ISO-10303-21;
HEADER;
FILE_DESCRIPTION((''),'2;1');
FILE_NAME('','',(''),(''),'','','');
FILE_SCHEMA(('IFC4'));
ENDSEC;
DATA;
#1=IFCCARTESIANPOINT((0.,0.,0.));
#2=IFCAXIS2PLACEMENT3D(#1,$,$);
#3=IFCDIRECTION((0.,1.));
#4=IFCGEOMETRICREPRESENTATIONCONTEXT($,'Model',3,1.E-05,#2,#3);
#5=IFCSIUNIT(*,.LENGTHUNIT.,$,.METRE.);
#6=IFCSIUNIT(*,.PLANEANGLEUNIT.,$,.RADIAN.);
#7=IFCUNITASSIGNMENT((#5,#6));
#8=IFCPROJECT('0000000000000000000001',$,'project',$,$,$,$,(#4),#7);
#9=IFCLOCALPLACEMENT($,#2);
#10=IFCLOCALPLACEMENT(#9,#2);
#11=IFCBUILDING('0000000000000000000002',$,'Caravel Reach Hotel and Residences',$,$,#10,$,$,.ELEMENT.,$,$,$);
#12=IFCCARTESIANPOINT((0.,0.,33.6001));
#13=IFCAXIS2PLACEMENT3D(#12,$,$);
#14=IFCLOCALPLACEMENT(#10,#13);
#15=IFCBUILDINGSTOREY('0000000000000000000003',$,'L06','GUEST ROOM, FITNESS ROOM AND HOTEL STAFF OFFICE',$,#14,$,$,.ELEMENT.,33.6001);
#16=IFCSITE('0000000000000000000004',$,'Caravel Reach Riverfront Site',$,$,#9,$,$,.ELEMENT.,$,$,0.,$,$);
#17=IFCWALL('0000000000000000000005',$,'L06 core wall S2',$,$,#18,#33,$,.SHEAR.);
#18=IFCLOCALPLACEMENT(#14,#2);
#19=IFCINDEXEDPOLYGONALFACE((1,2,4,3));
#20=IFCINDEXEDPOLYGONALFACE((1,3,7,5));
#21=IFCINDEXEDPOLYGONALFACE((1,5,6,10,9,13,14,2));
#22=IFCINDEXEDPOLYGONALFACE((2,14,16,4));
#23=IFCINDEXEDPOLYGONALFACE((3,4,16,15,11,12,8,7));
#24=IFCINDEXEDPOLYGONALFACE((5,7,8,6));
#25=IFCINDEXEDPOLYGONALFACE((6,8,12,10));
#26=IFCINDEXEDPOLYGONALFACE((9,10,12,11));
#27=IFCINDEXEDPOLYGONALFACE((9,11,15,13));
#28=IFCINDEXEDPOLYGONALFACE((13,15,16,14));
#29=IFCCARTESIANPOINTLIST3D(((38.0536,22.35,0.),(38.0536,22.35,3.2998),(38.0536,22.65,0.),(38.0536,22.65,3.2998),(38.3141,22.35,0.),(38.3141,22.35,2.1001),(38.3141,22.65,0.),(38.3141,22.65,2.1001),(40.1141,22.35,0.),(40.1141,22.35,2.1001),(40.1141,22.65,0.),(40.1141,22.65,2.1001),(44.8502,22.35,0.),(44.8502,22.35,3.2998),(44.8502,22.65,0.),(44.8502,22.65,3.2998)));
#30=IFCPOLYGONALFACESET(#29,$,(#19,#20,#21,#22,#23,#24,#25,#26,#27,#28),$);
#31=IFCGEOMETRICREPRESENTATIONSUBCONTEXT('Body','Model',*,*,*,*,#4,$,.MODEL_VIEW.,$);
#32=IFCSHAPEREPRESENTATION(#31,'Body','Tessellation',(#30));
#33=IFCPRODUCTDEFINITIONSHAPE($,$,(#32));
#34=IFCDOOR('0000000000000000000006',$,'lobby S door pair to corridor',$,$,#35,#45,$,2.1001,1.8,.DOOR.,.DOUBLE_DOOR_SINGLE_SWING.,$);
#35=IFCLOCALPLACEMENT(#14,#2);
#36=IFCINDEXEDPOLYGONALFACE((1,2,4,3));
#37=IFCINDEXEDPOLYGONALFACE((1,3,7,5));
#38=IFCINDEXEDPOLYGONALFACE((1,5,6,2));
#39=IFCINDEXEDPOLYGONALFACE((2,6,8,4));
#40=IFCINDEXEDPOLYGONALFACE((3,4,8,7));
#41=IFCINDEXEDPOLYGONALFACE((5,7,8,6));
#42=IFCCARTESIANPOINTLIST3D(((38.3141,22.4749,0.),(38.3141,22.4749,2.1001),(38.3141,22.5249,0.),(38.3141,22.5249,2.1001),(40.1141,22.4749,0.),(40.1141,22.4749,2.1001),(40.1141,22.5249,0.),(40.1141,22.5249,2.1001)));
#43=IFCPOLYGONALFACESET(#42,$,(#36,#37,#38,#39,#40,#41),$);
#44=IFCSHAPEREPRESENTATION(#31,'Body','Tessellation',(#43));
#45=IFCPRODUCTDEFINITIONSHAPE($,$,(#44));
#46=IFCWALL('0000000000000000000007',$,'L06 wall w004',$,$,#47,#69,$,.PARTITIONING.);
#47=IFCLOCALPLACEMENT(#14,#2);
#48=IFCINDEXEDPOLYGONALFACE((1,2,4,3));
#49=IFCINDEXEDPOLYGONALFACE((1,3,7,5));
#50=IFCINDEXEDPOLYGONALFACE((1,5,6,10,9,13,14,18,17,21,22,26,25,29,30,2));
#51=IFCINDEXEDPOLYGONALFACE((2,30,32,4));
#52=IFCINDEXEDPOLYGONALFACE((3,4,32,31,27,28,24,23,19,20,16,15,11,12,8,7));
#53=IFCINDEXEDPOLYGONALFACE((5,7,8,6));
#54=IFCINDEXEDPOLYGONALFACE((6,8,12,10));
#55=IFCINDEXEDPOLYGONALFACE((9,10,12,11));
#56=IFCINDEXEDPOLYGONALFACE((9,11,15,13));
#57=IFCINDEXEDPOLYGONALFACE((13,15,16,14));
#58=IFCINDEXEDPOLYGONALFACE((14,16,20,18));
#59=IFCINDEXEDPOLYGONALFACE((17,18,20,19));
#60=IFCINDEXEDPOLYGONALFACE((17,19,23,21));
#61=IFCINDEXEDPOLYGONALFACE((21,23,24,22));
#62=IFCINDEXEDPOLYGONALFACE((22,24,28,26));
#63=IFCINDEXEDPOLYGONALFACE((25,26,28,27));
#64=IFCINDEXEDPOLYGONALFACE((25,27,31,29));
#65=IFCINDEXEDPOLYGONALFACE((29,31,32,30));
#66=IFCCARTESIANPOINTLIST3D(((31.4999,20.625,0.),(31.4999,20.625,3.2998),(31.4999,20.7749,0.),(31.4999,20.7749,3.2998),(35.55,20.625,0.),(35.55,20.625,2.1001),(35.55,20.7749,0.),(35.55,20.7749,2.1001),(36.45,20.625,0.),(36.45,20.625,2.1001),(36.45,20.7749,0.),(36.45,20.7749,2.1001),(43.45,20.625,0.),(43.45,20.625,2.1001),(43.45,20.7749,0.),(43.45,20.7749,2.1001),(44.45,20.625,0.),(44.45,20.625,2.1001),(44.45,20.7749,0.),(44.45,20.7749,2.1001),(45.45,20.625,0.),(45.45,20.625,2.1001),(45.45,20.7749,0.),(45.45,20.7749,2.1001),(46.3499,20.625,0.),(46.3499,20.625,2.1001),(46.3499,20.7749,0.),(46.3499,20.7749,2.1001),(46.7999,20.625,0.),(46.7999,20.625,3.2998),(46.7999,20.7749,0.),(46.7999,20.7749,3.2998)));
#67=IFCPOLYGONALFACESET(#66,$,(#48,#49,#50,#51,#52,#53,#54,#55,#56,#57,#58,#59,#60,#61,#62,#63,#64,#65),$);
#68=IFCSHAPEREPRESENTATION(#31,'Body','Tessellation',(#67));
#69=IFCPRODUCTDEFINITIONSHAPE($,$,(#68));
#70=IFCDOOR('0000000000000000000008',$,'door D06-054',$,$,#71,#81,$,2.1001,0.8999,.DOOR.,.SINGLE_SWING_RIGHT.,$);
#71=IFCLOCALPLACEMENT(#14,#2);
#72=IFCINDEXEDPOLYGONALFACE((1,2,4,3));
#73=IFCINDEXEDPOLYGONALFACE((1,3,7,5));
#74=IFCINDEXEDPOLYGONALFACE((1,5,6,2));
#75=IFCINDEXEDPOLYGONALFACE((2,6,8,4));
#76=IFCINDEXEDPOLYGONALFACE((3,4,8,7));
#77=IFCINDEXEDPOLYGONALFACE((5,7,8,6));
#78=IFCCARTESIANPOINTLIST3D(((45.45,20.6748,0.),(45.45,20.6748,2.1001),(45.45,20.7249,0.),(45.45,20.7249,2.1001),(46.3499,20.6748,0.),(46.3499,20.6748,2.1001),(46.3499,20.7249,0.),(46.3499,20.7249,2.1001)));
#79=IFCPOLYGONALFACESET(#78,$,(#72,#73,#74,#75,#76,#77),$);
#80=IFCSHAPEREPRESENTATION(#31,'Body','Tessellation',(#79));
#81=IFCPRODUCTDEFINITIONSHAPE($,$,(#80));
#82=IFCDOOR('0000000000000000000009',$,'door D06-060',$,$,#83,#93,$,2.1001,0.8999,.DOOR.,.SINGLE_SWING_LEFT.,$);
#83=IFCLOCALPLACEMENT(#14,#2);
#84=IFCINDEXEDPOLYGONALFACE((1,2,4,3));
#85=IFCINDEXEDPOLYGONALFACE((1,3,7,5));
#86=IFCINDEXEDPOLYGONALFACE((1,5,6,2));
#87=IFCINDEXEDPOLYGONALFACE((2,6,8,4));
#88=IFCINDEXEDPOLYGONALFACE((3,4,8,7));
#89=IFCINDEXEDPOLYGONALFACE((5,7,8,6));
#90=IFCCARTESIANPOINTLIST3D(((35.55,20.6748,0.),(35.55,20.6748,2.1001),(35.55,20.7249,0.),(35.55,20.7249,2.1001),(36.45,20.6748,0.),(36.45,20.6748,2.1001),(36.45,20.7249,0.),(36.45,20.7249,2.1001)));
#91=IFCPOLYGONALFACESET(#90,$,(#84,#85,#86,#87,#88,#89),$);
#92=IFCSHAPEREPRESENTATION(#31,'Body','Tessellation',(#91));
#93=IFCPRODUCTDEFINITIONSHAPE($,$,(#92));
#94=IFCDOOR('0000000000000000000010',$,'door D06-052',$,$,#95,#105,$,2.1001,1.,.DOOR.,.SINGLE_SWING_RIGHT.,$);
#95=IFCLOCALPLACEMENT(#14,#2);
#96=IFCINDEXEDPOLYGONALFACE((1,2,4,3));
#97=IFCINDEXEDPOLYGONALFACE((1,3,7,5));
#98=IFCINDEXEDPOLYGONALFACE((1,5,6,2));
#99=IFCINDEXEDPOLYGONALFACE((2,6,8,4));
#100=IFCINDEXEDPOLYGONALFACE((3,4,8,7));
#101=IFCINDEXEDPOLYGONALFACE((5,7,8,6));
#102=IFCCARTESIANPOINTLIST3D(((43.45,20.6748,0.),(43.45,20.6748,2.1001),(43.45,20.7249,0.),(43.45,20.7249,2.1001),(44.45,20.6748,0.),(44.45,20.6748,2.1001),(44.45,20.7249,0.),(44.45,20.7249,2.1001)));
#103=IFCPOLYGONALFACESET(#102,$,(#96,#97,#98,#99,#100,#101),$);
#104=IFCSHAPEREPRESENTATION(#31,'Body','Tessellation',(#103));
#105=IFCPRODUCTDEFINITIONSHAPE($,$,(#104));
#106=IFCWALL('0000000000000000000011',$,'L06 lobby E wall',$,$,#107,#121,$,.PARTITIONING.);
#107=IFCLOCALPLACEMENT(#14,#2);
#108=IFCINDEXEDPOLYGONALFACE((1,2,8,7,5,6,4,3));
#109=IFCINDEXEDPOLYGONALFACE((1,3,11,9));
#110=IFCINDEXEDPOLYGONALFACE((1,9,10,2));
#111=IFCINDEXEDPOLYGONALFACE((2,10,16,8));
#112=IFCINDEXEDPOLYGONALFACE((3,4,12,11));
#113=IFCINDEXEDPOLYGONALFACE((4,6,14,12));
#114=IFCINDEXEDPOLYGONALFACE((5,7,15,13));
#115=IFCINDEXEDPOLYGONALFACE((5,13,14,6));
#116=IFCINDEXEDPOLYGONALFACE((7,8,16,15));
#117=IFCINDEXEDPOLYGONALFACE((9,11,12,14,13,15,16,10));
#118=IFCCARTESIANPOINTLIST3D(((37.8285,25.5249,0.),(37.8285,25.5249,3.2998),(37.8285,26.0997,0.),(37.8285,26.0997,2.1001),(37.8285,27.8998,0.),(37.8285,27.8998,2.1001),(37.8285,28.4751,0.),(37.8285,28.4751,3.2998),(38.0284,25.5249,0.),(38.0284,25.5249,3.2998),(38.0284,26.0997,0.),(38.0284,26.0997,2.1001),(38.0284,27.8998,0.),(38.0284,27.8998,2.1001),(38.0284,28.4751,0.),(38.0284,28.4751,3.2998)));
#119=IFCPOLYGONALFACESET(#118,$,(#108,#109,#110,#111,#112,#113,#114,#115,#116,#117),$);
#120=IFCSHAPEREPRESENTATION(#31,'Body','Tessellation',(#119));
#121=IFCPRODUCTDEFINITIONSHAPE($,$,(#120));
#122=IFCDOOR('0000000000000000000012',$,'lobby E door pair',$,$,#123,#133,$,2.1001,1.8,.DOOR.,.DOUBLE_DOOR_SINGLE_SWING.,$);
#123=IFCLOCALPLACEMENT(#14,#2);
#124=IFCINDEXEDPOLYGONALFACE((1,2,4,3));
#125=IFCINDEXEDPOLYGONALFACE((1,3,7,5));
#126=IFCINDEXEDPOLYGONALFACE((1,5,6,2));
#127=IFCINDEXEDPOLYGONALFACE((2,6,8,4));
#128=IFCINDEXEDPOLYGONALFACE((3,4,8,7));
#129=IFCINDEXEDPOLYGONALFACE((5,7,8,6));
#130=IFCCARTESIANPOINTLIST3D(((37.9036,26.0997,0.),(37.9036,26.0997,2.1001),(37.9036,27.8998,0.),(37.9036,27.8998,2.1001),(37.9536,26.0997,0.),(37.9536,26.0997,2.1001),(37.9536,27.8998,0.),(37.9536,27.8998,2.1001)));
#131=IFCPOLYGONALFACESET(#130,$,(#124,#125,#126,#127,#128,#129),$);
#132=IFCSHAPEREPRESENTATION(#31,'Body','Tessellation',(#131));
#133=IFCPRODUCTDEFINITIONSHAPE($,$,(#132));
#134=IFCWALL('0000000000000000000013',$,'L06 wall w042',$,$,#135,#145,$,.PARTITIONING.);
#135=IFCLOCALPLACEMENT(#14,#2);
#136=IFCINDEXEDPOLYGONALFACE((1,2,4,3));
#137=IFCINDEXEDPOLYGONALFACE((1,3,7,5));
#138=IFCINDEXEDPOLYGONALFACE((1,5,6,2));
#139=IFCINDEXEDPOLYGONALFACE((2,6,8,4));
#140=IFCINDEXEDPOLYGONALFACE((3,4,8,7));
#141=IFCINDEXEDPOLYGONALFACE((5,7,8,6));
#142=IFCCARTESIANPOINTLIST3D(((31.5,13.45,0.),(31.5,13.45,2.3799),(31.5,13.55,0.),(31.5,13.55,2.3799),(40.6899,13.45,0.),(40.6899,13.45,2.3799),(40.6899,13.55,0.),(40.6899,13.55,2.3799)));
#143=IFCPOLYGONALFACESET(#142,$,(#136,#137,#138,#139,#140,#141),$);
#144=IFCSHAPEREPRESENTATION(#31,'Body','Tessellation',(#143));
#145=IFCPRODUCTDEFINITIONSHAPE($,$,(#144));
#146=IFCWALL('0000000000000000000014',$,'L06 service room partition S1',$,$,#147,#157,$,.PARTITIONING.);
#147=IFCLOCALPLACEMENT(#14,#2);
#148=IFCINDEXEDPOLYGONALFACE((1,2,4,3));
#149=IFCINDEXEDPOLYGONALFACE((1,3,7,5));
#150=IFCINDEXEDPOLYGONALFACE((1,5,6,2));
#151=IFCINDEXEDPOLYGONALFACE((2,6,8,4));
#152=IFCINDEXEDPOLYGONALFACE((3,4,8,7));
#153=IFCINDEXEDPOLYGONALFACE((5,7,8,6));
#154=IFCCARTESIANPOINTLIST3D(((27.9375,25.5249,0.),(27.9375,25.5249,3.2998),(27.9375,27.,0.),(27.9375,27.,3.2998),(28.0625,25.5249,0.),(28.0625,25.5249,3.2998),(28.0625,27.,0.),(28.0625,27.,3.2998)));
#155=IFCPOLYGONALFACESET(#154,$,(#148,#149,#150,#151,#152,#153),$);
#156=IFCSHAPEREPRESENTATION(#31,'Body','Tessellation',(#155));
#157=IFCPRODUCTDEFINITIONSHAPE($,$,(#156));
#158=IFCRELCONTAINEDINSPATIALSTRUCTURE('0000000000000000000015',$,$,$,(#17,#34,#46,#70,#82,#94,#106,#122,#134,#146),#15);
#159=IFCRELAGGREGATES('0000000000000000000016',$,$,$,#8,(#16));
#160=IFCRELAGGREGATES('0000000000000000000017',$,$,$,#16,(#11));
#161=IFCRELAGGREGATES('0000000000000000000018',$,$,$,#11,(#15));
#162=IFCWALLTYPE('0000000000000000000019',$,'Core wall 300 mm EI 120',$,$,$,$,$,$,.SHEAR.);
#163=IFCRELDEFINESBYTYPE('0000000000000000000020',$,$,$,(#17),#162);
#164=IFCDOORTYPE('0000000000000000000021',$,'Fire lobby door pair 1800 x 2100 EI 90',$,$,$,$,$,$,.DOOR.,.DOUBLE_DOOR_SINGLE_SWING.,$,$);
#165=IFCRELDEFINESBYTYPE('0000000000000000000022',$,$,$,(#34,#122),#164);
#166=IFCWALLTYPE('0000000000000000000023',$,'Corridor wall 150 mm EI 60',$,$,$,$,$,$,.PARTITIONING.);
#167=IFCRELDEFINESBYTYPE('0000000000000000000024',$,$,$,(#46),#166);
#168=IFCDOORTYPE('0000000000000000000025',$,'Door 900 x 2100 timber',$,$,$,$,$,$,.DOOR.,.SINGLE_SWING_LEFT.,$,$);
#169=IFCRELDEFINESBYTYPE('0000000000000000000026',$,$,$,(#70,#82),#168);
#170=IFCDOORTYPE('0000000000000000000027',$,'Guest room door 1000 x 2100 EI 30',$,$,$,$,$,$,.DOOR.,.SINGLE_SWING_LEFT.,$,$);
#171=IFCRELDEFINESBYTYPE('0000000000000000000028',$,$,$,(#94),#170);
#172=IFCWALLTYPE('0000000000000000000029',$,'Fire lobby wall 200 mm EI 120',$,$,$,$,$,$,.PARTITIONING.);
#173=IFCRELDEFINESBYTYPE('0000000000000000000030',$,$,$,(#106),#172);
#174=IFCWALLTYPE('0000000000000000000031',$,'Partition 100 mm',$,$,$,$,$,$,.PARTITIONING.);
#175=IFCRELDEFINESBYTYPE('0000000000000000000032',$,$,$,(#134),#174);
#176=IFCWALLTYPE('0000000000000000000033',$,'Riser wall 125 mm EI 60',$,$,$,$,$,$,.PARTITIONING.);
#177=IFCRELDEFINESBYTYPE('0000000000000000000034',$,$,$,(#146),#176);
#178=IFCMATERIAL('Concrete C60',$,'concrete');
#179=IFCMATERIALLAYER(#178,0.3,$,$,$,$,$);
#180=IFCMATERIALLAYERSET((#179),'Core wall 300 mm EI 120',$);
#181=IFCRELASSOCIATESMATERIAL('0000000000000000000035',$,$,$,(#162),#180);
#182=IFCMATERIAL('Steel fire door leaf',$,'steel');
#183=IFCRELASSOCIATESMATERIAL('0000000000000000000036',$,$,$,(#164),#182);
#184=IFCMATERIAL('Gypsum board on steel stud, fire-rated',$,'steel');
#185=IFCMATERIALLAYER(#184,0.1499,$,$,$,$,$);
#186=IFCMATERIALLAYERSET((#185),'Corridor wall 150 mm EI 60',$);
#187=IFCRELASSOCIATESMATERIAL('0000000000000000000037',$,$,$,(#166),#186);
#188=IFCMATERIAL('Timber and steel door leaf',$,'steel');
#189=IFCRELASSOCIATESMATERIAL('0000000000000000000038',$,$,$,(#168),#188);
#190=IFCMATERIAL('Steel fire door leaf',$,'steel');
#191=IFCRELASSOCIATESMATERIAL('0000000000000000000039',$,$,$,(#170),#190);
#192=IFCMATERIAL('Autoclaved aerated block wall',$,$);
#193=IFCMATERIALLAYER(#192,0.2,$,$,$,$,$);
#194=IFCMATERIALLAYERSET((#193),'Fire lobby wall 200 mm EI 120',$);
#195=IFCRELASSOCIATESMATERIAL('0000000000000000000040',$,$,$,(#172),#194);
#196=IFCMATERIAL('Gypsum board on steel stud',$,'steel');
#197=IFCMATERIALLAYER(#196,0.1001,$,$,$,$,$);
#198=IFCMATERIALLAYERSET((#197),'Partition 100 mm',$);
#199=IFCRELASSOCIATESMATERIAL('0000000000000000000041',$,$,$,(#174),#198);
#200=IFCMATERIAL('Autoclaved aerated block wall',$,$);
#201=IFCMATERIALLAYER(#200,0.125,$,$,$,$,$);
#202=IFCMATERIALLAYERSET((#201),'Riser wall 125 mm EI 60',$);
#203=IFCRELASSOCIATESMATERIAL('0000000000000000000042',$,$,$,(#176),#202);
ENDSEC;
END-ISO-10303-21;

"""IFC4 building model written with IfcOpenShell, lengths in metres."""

from ifc_helpers import new_model, si_unit, direction, frame, frame_2d, origin, place, context, subcontext, project, spatial, rectangle, extrude, material, layer, layer_set, type_object, element, fill, save


model = new_model("IFC4")

# Units and contexts
model_context = context("Model", 3, precision=1e-05, world=origin(), true_north=direction((0.0, 1.0)))
body_context = subcontext(model_context, "Body", "Model", "MODEL_VIEW")
ifc_project = project(units=[si_unit("LENGTHUNIT", "METRE"), si_unit("PLANEANGLEUNIT", "RADIAN")], contexts=[model_context])

# Site, building, storey
site_placement = place(None, origin())
site = spatial("IfcSite", under=ifc_project, at=site_placement, Name="Caravel Reach Riverfront Site", CompositionType="ELEMENT", RefElevation=0.0)
building_placement = place(site_placement, origin())
building = spatial("IfcBuilding", under=site, at=building_placement, Name="Caravel Reach Hotel and Residences", CompositionType="ELEMENT")
storey_placement = place(building_placement, frame((0.0, 0.0, 33.6001)))
storey = spatial("IfcBuildingStorey", under=building, at=storey_placement, Name="L06", Description="GUEST ROOM, FITNESS ROOM AND HOTEL STAFF OFFICE", CompositionType="ELEMENT", Elevation=33.6001)

# Wall, opening, door
ifc_material_1 = material(Name="Concrete C60", Category="concrete")
ifc_layer_1 = layer(ifc_material_1, 0.3)
ifc_layer_set_1 = layer_set([ifc_layer_1], Name="Core wall 300 mm EI 120")
wall_type_1 = type_object("IfcWallType", Name="Core wall 300 mm EI 120", PredefinedType="SHEAR", material=ifc_layer_set_1)
wall_1_placement = place(storey_placement, frame((38.0535, 22.5, 0.0), z_axis=(0.0, 0.0, 1.0), x_axis=(1.0, 0.0, 0.0)))
wall_1 = element("IfcWall", 1, at=wall_1_placement, inside=storey, type_object=wall_type_1, Name="L06 core wall S2", PredefinedType="SHEAR", context=body_context, shape_type="SweptSolid", body=[
    extrude(rectangle(XDim=6.7966, YDim=0.3, at=frame_2d((3.3984, 0.0))), origin(), (0.0, 0.0, 1.0), 3.2998),
])
opening_1_placement = place(wall_1_placement, frame((0.2607, 0.0, 0.0)))
opening_1 = element("IfcOpeningElement", 2, at=opening_1_placement, cuts=wall_1, PredefinedType="OPENING", context=body_context, shape_type="SweptSolid", body=[
    extrude(rectangle(XDim=1.8, YDim=2.1001, at=frame_2d((0.8999, 1.05))), frame((0.0, 0.1599, 0.0), z_axis=(0.0, -1.0, 0.0), x_axis=(1.0, 0.0, 0.0)), (0.0, 0.0, 1.0), 0.3201),
])
ifc_material_2 = material(Name="Steel fire door leaf", Category="steel")
door_type_1 = type_object("IfcDoorType", Name="Fire lobby door pair 1800 x 2100 EI 90", OperationType="DOUBLE_DOOR_SINGLE_SWING", PredefinedType="DOOR", material=ifc_material_2)
door_1_placement = place(opening_1_placement, origin())
door_1 = element("IfcDoor", 3, at=door_1_placement, inside=storey, type_object=door_type_1, Name="lobby S door pair to corridor", OperationType="DOUBLE_DOOR_SINGLE_SWING", OverallHeight=2.1001, OverallWidth=1.8, PredefinedType="DOOR", context=body_context, shape_type="SweptSolid", body=[
    extrude(rectangle(XDim=1.8, YDim=2.1001, at=frame_2d((0.8999, 1.05))), frame((0.0, 0.0249, 0.0), z_axis=(0.0, -1.0, 0.0), x_axis=(1.0, 0.0, 0.0)), (0.0, 0.0, 1.0), 0.05),
])
fill(opening_1, door_1)

# Wall, openings, doors
ifc_material_3 = material(Name="Gypsum board on steel stud, fire-rated", Category="steel")
ifc_layer_2 = layer(ifc_material_3, 0.1499)
ifc_layer_set_2 = layer_set([ifc_layer_2], Name="Corridor wall 150 mm EI 60")
wall_type_2 = type_object("IfcWallType", Name="Corridor wall 150 mm EI 60", PredefinedType="PARTITIONING", material=ifc_layer_set_2)
wall_2_placement = place(storey_placement, frame((31.5, 20.7, 0.0), z_axis=(0.0, 0.0, 1.0), x_axis=(1.0, 0.0, 0.0)))
wall_2 = element("IfcWall", 4, at=wall_2_placement, inside=storey, type_object=wall_type_2, Name="L06 wall w004", PredefinedType="PARTITIONING", context=body_context, shape_type="SweptSolid", body=[
    extrude(rectangle(XDim=15.3, YDim=0.1499, at=frame_2d((7.6499, 0.0))), origin(), (0.0, 0.0, 1.0), 3.2998),
])
opening_2_placement = place(wall_2_placement, frame((11.95, 0.0, 0.0)))
opening_2 = element("IfcOpeningElement", 5, at=opening_2_placement, cuts=wall_2, PredefinedType="OPENING", context=body_context, shape_type="SweptSolid", body=[
    extrude(rectangle(XDim=1.0, YDim=2.1001, at=frame_2d((0.5, 1.05))), frame((0.0, 0.085, 0.0), z_axis=(0.0, -1.0, 0.0), x_axis=(1.0, 0.0, 0.0)), (0.0, 0.0, 1.0), 0.1699),
])
opening_3_placement = place(wall_2_placement, frame((13.95, 0.0, 0.0)))
opening_3 = element("IfcOpeningElement", 6, at=opening_3_placement, cuts=wall_2, PredefinedType="OPENING", context=body_context, shape_type="SweptSolid", body=[
    extrude(rectangle(XDim=0.8999, YDim=2.1001, at=frame_2d((0.45, 1.05))), frame((0.0, 0.085, 0.0), z_axis=(0.0, -1.0, 0.0), x_axis=(1.0, 0.0, 0.0)), (0.0, 0.0, 1.0), 0.1699),
])
opening_4_placement = place(wall_2_placement, frame((4.05, 0.0, 0.0)))
opening_4 = element("IfcOpeningElement", 7, at=opening_4_placement, cuts=wall_2, PredefinedType="OPENING", context=body_context, shape_type="SweptSolid", body=[
    extrude(rectangle(XDim=0.8999, YDim=2.1001, at=frame_2d((0.45, 1.05))), frame((0.0, 0.085, 0.0), z_axis=(0.0, -1.0, 0.0), x_axis=(1.0, 0.0, 0.0)), (0.0, 0.0, 1.0), 0.1699),
])
ifc_material_4 = material(Name="Timber and steel door leaf", Category="steel")
door_type_2 = type_object("IfcDoorType", Name="Door 900 x 2100 timber", OperationType="SINGLE_SWING_LEFT", PredefinedType="DOOR", material=ifc_material_4)
door_2_placement = place(opening_3_placement, origin())
door_2 = element("IfcDoor", 8, at=door_2_placement, inside=storey, type_object=door_type_2, Name="door D06-054", OperationType="SINGLE_SWING_RIGHT", OverallHeight=2.1001, OverallWidth=0.8999, PredefinedType="DOOR", context=body_context, shape_type="SweptSolid", body=[
    extrude(rectangle(XDim=0.8999, YDim=2.1001, at=frame_2d((0.45, 1.05))), frame((0.0, 0.0249, 0.0), z_axis=(0.0, -1.0, 0.0), x_axis=(1.0, 0.0, 0.0)), (0.0, 0.0, 1.0), 0.05),
])
fill(opening_3, door_2)
door_3_placement = place(opening_4_placement, origin())
door_3 = element("IfcDoor", 9, at=door_3_placement, inside=storey, type_object=door_type_2, Name="door D06-060", OperationType="SINGLE_SWING_LEFT", OverallHeight=2.1001, OverallWidth=0.8999, PredefinedType="DOOR", context=body_context, shape_type="SweptSolid", body=[
    extrude(rectangle(XDim=0.8999, YDim=2.1001, at=frame_2d((0.45, 1.05))), frame((0.0, 0.0249, 0.0), z_axis=(0.0, -1.0, 0.0), x_axis=(1.0, 0.0, 0.0)), (0.0, 0.0, 1.0), 0.05),
])
fill(opening_4, door_3)
ifc_material_5 = material(Name="Steel fire door leaf", Category="steel")
door_type_3 = type_object("IfcDoorType", Name="Guest room door 1000 x 2100 EI 30", OperationType="SINGLE_SWING_LEFT", PredefinedType="DOOR", material=ifc_material_5)
door_4_placement = place(opening_2_placement, origin())
door_4 = element("IfcDoor", 10, at=door_4_placement, inside=storey, type_object=door_type_3, Name="door D06-052", OperationType="SINGLE_SWING_RIGHT", OverallHeight=2.1001, OverallWidth=1.0, PredefinedType="DOOR", context=body_context, shape_type="SweptSolid", body=[
    extrude(rectangle(XDim=1.0, YDim=2.1001, at=frame_2d((0.5, 1.05))), frame((0.0, 0.0249, 0.0), z_axis=(0.0, -1.0, 0.0), x_axis=(1.0, 0.0, 0.0)), (0.0, 0.0, 1.0), 0.05),
])
fill(opening_2, door_4)

# Wall, opening, door
ifc_material_6 = material(Name="Autoclaved aerated block wall")
ifc_layer_3 = layer(ifc_material_6, 0.2)
ifc_layer_set_3 = layer_set([ifc_layer_3], Name="Fire lobby wall 200 mm EI 120")
wall_type_3 = type_object("IfcWallType", Name="Fire lobby wall 200 mm EI 120", PredefinedType="PARTITIONING", material=ifc_layer_set_3)
wall_3_placement = place(storey_placement, frame((37.9285, 25.5249, 0.0), z_axis=(0.0, 0.0, 1.0), x_axis=(0.0, 1.0, 0.0)))
wall_3 = element("IfcWall", 11, at=wall_3_placement, inside=storey, type_object=wall_type_3, Name="L06 lobby E wall", PredefinedType="PARTITIONING", context=body_context, shape_type="SweptSolid", body=[
    extrude(rectangle(XDim=2.9502, YDim=0.2, at=frame_2d((1.4751, 0.0))), origin(), (0.0, 0.0, 1.0), 3.2998),
])
opening_5_placement = place(wall_3_placement, frame((0.575, 0.0, 0.0)))
opening_5 = element("IfcOpeningElement", 12, at=opening_5_placement, cuts=wall_3, PredefinedType="OPENING", context=body_context, shape_type="SweptSolid", body=[
    extrude(rectangle(XDim=1.8, YDim=2.1001, at=frame_2d((0.8999, 1.05))), frame((0.0, 0.1099, 0.0), z_axis=(0.0, -1.0, 0.0), x_axis=(1.0, 0.0, 0.0)), (0.0, 0.0, 1.0), 0.22),
])
door_5_placement = place(opening_5_placement, origin())
door_5 = element("IfcDoor", 13, at=door_5_placement, inside=storey, type_object=door_type_1, Name="lobby E door pair", OperationType="DOUBLE_DOOR_SINGLE_SWING", OverallHeight=2.1001, OverallWidth=1.8, PredefinedType="DOOR", context=body_context, shape_type="SweptSolid", body=[
    extrude(rectangle(XDim=1.8, YDim=2.1001, at=frame_2d((0.8999, 1.05))), frame((0.0, 0.0249, 0.0), z_axis=(0.0, -1.0, 0.0), x_axis=(1.0, 0.0, 0.0)), (0.0, 0.0, 1.0), 0.05),
])
fill(opening_5, door_5)

# Walls
ifc_material_7 = material(Name="Gypsum board on steel stud", Category="steel")
ifc_layer_4 = layer(ifc_material_7, 0.1001)
ifc_layer_set_4 = layer_set([ifc_layer_4], Name="Partition 100 mm")
wall_type_4 = type_object("IfcWallType", Name="Partition 100 mm", PredefinedType="PARTITIONING", material=ifc_layer_set_4)
wall_4_placement = place(storey_placement, frame((31.5, 13.5, 0.0), z_axis=(0.0, 0.0, 1.0), x_axis=(1.0, 0.0, 0.0)))
element("IfcWall", 14, at=wall_4_placement, inside=storey, type_object=wall_type_4, Name="L06 wall w042", PredefinedType="PARTITIONING", context=body_context, shape_type="SweptSolid", body=[
    extrude(rectangle(XDim=9.1899, YDim=0.1001, at=frame_2d((4.595, 0.0))), origin(), (0.0, 0.0, 1.0), 2.3799),
])
ifc_material_8 = material(Name="Autoclaved aerated block wall")
ifc_layer_5 = layer(ifc_material_8, 0.125)
ifc_layer_set_5 = layer_set([ifc_layer_5], Name="Riser wall 125 mm EI 60")
wall_type_5 = type_object("IfcWallType", Name="Riser wall 125 mm EI 60", PredefinedType="PARTITIONING", material=ifc_layer_set_5)
for number, where, z_axis, x_axis, name in (
    (15, (28.0, 25.5249, 0.0), (0.0, 0.0, 1.0), (0.0, 1.0, 0.0), "L06 service room partition S1"),
):
    element("IfcWall", number, at=place(storey_placement, frame(where, z_axis=z_axis, x_axis=x_axis)), inside=storey, type_object=wall_type_5, Name=name, PredefinedType="PARTITIONING", context=body_context, shape_type="SweptSolid", body=[
        extrude(rectangle(XDim=1.4751, YDim=0.125, at=frame_2d((0.7375, 0.0))), origin(), (0.0, 0.0, 1.0), 3.2998),
    ])

save(model, "model.ifc")
